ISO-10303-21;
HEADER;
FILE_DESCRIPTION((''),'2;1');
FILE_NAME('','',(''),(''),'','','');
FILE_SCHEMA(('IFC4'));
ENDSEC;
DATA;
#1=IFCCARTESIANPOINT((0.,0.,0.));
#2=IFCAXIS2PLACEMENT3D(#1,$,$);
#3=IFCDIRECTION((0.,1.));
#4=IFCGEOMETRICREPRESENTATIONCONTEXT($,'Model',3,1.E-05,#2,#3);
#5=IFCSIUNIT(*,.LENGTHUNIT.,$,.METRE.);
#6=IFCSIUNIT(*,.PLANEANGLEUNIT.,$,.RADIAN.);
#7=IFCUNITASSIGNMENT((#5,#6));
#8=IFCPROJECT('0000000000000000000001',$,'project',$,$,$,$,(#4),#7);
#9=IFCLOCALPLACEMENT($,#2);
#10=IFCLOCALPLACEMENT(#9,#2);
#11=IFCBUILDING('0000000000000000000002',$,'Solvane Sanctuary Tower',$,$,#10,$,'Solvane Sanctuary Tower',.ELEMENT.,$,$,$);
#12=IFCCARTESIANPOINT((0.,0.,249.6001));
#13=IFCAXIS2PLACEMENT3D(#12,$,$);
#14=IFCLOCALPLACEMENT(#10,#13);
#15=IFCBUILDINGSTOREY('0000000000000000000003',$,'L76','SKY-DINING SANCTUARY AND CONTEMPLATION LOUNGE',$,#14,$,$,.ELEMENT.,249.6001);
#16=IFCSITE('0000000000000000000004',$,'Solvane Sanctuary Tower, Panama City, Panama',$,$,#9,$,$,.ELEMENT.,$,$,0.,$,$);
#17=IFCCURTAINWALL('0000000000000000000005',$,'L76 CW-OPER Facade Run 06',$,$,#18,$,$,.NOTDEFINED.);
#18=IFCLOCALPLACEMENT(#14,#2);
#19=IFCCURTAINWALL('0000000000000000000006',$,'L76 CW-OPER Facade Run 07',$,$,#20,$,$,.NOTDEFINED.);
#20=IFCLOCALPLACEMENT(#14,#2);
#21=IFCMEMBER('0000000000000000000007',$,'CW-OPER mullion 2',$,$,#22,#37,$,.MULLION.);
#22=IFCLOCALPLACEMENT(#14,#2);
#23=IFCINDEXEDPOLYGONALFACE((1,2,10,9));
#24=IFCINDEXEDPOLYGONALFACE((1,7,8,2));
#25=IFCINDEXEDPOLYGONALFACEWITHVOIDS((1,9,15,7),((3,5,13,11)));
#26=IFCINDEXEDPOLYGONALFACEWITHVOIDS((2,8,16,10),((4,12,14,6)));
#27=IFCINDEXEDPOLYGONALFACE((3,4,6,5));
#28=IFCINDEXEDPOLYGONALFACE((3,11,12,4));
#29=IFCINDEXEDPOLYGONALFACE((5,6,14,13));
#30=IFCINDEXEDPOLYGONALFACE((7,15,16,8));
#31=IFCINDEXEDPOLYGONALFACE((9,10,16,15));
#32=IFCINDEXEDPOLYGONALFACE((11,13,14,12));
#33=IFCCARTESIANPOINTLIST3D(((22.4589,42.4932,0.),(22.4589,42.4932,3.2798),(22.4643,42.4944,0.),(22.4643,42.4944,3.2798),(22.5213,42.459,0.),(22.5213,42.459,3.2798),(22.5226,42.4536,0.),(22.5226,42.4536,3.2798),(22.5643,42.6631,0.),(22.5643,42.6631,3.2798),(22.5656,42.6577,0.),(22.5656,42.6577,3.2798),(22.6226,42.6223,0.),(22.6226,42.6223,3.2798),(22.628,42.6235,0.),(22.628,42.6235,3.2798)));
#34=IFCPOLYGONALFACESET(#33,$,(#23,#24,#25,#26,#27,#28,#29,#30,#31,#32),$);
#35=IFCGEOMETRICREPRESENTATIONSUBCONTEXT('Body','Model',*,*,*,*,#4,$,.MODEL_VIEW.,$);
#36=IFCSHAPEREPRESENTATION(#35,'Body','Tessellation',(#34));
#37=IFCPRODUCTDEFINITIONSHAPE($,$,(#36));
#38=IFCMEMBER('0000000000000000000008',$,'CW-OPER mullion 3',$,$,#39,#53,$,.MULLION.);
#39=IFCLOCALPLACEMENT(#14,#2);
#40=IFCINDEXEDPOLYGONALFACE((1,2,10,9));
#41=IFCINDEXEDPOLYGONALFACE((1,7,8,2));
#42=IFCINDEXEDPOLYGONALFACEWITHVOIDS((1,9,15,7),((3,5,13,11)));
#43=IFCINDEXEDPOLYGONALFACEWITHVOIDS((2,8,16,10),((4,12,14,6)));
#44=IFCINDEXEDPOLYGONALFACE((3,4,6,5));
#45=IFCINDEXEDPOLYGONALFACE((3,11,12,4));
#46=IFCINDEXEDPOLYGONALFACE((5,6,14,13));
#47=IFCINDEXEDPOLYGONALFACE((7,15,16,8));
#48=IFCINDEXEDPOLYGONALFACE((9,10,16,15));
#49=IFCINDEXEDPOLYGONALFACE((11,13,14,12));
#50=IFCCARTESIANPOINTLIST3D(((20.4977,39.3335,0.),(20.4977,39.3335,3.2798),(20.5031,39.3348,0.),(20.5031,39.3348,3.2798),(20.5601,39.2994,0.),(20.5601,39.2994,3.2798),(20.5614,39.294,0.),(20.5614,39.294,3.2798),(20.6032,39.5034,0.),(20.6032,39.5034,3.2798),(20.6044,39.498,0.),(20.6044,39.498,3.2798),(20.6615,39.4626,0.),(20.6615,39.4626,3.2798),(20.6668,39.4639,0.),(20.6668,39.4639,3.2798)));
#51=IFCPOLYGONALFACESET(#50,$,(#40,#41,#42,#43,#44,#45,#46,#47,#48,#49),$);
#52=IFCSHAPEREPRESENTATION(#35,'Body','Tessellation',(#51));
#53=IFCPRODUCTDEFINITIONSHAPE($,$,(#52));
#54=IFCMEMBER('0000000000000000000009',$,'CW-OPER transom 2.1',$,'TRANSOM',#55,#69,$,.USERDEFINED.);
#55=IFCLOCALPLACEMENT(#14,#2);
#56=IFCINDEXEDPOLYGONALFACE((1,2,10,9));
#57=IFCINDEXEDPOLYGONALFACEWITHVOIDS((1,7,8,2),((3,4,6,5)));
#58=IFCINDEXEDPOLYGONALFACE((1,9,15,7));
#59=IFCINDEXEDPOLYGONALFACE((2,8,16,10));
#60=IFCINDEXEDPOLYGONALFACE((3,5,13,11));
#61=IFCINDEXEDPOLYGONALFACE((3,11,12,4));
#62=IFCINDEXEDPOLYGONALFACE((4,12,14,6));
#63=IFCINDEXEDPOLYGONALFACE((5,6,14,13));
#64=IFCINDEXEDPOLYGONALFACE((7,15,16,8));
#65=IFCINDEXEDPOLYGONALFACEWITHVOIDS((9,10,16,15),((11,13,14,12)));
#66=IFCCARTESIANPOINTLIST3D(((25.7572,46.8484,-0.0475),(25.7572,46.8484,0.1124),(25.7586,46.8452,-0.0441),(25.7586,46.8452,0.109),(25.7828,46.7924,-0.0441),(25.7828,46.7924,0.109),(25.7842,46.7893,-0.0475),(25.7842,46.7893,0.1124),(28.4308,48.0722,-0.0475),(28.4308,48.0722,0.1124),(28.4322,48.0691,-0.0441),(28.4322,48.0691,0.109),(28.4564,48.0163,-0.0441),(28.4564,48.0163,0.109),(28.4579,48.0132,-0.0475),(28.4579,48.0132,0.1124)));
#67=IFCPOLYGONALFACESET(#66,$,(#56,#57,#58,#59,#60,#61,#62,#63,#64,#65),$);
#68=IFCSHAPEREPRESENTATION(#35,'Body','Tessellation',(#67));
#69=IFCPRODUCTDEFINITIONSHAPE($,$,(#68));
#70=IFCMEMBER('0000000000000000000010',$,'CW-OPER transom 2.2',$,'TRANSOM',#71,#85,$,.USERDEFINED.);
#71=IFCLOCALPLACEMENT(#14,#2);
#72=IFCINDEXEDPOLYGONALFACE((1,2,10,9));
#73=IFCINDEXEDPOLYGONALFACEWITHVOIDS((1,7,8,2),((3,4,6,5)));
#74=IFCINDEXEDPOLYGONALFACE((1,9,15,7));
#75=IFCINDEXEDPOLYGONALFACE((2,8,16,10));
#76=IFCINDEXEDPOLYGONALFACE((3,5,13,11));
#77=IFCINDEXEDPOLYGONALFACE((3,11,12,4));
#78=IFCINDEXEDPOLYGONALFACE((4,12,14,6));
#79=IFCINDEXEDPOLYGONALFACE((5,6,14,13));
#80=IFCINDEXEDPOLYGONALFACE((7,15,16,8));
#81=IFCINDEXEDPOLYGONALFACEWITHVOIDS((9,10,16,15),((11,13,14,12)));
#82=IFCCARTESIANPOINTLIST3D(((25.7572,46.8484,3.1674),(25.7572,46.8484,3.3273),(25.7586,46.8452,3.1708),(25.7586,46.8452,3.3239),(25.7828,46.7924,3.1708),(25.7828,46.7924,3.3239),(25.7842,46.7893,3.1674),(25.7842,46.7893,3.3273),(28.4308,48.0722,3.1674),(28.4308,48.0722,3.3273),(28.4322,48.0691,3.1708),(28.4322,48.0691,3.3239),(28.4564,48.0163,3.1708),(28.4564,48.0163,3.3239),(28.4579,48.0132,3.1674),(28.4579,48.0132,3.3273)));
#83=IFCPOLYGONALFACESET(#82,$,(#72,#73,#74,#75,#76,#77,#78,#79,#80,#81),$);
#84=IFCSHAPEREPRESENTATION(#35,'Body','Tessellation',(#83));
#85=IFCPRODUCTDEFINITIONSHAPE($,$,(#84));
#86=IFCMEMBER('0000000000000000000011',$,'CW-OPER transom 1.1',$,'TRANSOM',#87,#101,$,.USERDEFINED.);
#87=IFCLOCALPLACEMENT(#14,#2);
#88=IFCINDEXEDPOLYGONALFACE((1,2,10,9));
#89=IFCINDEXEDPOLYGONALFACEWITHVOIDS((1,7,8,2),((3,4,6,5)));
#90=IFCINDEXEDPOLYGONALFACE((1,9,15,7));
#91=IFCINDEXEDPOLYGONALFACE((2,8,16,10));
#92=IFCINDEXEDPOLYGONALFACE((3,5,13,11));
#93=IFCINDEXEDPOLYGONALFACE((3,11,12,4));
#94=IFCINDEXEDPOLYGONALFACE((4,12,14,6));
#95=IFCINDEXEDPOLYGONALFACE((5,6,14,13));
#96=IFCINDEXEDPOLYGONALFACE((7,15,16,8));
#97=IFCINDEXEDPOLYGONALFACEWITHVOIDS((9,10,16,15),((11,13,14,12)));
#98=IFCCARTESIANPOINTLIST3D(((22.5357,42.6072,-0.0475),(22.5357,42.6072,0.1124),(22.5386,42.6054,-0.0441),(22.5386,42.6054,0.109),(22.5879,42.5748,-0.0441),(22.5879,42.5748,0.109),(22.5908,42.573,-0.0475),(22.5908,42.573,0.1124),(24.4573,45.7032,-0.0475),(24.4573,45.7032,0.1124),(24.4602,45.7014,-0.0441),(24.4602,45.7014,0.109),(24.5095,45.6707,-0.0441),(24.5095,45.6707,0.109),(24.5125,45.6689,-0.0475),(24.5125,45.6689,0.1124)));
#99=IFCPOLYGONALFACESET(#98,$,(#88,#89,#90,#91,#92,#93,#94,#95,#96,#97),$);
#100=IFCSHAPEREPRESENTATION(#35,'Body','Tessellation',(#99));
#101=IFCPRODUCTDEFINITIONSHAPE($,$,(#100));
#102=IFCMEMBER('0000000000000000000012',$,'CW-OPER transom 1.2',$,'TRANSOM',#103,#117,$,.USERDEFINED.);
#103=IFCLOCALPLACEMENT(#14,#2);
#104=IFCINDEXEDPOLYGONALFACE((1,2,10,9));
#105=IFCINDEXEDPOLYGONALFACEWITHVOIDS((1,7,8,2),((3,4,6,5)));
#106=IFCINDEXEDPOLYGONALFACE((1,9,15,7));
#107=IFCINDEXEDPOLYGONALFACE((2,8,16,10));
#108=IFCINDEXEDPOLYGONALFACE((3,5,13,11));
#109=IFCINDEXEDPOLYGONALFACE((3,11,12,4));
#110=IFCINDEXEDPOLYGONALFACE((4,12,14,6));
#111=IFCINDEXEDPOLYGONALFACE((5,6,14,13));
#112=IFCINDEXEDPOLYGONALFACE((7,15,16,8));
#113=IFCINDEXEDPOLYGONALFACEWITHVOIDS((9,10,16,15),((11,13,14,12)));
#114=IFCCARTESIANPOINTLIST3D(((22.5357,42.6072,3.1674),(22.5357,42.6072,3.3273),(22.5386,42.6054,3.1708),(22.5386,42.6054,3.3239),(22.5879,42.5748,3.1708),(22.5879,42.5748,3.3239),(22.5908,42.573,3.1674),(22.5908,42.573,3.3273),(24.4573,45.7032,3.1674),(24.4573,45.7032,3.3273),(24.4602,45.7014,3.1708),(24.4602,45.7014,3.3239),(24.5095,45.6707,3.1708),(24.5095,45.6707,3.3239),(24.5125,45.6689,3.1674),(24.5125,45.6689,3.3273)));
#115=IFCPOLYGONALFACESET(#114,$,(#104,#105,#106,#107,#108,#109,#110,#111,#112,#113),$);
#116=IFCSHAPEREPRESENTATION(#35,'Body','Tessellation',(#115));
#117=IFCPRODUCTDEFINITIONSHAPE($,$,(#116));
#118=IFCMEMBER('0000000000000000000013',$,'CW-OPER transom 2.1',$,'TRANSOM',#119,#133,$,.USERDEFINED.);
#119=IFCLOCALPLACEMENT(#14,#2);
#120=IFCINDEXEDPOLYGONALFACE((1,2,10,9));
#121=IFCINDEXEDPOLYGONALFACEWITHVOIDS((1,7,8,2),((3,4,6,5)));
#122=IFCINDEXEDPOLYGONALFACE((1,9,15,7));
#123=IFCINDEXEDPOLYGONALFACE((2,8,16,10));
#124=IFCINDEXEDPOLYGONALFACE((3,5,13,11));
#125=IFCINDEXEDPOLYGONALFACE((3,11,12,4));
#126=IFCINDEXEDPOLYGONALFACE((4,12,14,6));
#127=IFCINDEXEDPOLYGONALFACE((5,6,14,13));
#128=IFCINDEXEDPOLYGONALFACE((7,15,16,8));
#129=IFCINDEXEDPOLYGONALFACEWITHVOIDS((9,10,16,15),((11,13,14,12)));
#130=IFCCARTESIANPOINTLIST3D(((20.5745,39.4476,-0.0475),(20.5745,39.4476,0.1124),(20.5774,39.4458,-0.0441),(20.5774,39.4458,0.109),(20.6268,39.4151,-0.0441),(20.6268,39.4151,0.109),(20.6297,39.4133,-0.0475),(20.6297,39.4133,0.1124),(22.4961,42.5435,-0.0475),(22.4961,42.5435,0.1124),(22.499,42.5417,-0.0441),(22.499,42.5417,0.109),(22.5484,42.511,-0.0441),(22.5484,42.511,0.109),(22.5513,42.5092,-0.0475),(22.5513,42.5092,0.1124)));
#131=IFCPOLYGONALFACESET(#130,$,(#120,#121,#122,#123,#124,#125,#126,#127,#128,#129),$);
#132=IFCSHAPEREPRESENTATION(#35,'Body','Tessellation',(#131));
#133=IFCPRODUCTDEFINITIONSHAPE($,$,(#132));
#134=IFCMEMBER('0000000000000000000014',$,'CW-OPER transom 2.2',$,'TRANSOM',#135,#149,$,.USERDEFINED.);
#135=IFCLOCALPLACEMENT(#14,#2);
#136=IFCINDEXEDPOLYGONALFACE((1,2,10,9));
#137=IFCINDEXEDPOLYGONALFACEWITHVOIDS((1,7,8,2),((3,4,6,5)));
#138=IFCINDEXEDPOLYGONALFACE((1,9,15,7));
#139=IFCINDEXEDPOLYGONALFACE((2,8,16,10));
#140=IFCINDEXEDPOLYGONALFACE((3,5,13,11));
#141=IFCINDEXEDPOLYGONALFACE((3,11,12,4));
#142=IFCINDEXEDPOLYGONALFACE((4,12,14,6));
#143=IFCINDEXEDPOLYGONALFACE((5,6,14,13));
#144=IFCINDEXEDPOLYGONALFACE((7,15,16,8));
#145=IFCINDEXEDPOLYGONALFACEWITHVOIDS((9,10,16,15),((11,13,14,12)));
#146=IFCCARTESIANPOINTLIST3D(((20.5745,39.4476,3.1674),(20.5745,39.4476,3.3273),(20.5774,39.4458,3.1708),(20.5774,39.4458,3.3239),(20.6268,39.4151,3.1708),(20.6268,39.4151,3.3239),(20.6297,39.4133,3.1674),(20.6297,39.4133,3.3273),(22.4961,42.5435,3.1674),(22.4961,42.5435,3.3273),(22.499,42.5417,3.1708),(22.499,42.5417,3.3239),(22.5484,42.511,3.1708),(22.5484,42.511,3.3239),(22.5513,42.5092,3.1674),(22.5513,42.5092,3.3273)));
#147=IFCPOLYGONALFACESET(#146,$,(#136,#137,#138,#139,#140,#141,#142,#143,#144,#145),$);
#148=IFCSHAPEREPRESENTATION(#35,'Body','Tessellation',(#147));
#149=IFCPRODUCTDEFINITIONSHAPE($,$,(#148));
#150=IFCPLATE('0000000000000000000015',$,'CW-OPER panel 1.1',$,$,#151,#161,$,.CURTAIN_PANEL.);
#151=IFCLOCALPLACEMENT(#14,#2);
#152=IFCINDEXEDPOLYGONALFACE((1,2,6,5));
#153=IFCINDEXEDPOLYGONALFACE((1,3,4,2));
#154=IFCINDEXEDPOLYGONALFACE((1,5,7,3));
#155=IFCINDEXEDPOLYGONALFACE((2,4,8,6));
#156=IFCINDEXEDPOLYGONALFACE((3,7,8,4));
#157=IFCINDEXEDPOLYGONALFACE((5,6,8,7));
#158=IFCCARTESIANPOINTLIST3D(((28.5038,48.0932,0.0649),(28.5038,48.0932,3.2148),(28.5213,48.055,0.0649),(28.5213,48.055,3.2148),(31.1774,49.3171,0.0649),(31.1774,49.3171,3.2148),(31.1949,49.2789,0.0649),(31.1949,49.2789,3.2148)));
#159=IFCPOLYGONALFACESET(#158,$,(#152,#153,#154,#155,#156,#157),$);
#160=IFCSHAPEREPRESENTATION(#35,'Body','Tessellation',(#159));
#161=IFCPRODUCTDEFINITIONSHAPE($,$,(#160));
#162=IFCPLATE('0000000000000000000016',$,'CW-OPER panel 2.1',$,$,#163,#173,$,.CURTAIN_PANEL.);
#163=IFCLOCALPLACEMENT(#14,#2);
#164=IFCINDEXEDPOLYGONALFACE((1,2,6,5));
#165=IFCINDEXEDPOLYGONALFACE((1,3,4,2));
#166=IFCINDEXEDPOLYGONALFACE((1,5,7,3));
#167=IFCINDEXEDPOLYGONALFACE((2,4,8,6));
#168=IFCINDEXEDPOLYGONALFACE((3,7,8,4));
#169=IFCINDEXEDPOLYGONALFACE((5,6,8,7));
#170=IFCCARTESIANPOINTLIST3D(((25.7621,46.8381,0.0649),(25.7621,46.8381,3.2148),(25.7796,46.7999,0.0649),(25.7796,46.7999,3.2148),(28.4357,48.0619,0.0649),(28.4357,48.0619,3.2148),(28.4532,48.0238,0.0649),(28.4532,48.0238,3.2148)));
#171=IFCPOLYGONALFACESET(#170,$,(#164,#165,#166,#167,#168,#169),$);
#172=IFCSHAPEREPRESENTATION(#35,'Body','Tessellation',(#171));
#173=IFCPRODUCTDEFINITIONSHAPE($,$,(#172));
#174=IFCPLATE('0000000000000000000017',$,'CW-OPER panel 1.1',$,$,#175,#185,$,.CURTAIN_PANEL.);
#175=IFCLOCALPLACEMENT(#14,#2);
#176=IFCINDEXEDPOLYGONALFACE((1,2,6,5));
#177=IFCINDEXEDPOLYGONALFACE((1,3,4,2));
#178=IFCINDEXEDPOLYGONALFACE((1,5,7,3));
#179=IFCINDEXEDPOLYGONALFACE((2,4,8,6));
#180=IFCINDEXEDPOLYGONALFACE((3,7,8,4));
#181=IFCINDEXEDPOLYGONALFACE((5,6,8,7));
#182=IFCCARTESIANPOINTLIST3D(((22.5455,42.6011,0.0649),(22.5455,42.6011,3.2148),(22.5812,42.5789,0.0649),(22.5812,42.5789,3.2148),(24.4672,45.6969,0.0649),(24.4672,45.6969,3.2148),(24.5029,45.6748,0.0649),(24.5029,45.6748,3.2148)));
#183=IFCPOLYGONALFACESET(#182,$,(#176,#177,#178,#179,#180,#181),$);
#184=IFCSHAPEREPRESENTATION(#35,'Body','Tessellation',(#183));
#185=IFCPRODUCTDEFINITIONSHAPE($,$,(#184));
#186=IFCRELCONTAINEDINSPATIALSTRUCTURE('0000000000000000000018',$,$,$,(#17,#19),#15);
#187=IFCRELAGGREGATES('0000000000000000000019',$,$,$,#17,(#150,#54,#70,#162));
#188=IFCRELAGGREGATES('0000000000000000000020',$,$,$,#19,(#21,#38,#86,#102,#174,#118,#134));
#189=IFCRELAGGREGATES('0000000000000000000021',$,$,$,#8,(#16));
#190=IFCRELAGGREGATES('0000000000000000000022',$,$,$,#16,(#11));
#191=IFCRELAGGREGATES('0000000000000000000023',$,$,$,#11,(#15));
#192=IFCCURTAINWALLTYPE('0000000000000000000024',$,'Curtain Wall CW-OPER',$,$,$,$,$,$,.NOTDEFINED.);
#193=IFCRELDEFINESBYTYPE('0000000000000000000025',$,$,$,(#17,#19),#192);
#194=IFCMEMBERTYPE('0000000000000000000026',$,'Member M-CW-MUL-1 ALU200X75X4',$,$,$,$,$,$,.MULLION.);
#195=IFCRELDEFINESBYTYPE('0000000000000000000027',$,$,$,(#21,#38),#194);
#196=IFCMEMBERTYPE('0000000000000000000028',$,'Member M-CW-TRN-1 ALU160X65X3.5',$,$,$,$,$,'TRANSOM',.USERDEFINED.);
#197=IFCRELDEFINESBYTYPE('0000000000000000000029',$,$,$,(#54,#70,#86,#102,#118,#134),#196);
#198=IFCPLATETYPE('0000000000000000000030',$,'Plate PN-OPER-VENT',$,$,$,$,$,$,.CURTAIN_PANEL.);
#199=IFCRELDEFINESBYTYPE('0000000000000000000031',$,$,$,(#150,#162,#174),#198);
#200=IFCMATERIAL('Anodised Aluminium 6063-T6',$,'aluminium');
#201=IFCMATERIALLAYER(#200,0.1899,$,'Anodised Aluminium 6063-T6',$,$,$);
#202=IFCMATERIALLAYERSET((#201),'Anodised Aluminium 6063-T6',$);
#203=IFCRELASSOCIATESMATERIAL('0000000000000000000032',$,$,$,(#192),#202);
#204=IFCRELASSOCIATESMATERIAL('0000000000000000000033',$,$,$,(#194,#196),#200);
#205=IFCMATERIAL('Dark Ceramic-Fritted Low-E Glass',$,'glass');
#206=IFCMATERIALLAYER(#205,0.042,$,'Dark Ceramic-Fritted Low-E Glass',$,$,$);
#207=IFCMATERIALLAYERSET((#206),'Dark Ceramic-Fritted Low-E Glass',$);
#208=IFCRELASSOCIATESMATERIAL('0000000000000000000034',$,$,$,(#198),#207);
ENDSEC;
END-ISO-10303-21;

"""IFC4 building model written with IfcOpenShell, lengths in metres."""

from ifc_helpers import new_model, si_unit, direction, frame, origin, origin_2d, place, context, subcontext, project, spatial, rectangle, hollow_rectangle, extrude, material, layer, layer_set, material_profile, profile_set, type_object, element, aggregate, save


model = new_model("IFC4")

# Units and contexts
model_context = context("Model", 3, precision=1e-05, world=origin(), true_north=direction((0.0, 1.0)))
body_context = subcontext(model_context, "Body", "Model", "MODEL_VIEW")
ifc_project = project(units=[si_unit("LENGTHUNIT", "METRE"), si_unit("PLANEANGLEUNIT", "RADIAN")], contexts=[model_context])

# Site, building, storey
site_placement = place(None, origin())
site = spatial("IfcSite", under=ifc_project, at=site_placement, Name="Solvane Sanctuary Tower, Panama City, Panama", CompositionType="ELEMENT", RefElevation=0.0)
building_placement = place(site_placement, origin())
building = spatial("IfcBuilding", under=site, at=building_placement, Name="Solvane Sanctuary Tower", LongName="Solvane Sanctuary Tower", CompositionType="ELEMENT")
storey_placement = place(building_placement, frame((0.0, 0.0, 249.6001)))
storey = spatial("IfcBuildingStorey", under=building, at=storey_placement, Name="L76", Description="SKY-DINING SANCTUARY AND CONTEMPLATION LOUNGE", CompositionType="ELEMENT", Elevation=249.6001)

# Curtain walls, members
ifc_material_1 = material(Name="Anodised Aluminium 6063-T6", Category="aluminium")
ifc_layer_1 = layer(ifc_material_1, 0.1899, Name="Anodised Aluminium 6063-T6")
ifc_layer_set_1 = layer_set([ifc_layer_1], Name="Anodised Aluminium 6063-T6")
curtain_wall_type = type_object("IfcCurtainWallType", Name="Curtain Wall CW-OPER", PredefinedType="NOTDEFINED", material=ifc_layer_set_1)
curtain_wall_1_placement = place(storey_placement, origin())
curtain_wall_1 = element("IfcCurtainWall", 1, at=curtain_wall_1_placement, inside=storey, type_object=curtain_wall_type, Name="L76 CW-OPER Facade Run 06", PredefinedType="NOTDEFINED")
ifc_material_profile_1 = material_profile(ifc_material_1, hollow_rectangle(XDim=0.075, YDim=0.2, WallThickness=0.0039, at=origin_2d()), Name="ALU200X75X4")
ifc_profile_set_1 = profile_set([ifc_material_profile_1], Name="Anodised Aluminium 6063-T6")
member_type_1 = type_object("IfcMemberType", Name="Member M-CW-MUL-1 ALU200X75X4", PredefinedType="MULLION", material=ifc_profile_set_1)
curtain_wall_2_placement = place(storey_placement, origin())
curtain_wall_2 = element("IfcCurtainWall", 2, at=curtain_wall_2_placement, inside=storey, type_object=curtain_wall_type, Name="L76 CW-OPER Facade Run 07", PredefinedType="NOTDEFINED")
member_1_placement = place(storey_placement, frame((22.5435, 42.5583, 0.0), z_axis=(0.0, 0.0, 1.0), x_axis=(0.849622, -0.527392, 0.0)))
member_1 = element("IfcMember", 3, at=member_1_placement, type_object=member_type_1, Name="CW-OPER mullion 2", PredefinedType="MULLION", context=body_context, shape_type="SweptSolid", body=[
    extrude(hollow_rectangle(XDim=0.075, YDim=0.2, WallThickness=0.0039, at=origin_2d()), origin(), (0.0, 0.0, 1.0), 3.2798),
])
member_2_placement = place(storey_placement, frame((20.5823, 39.3987, 0.0), z_axis=(0.0, 0.0, 1.0), x_axis=(0.849622, -0.527392, 0.0)))
member_2 = element("IfcMember", 4, at=member_2_placement, type_object=member_type_1, Name="CW-OPER mullion 3", PredefinedType="MULLION", context=body_context, shape_type="SweptSolid", body=[
    extrude(hollow_rectangle(XDim=0.075, YDim=0.2, WallThickness=0.0039, at=origin_2d()), origin(), (0.0, 0.0, 1.0), 3.2798),
])

# Members
ifc_material_profile_2 = material_profile(ifc_material_1, hollow_rectangle(XDim=0.0649, YDim=0.1599, WallThickness=0.0034, at=origin_2d()), Name="ALU160X65X3.5")
ifc_profile_set_2 = profile_set([ifc_material_profile_2], Name="Anodised Aluminium 6063-T6")
member_type_2 = type_object("IfcMemberType", Name="Member M-CW-TRN-1 ALU160X65X3.5", ElementType="TRANSOM", PredefinedType="USERDEFINED", material=ifc_profile_set_2)
member_3_placement = place(storey_placement, frame((28.4443, 48.0427, 0.0325), z_axis=(-0.90926, -0.416229, 0.0), x_axis=(0.416229, -0.90926, 0.0)))
member_3 = element("IfcMember", 5, at=member_3_placement, type_object=member_type_2, Name="CW-OPER transom 2.1", ObjectType="TRANSOM", PredefinedType="USERDEFINED", context=body_context, shape_type="SweptSolid", body=[
    extrude(hollow_rectangle(XDim=0.0649, YDim=0.1599, WallThickness=0.0034, at=origin_2d()), origin(), (0.0, 0.0, 1.0), 2.9404),
])
member_4_placement = place(storey_placement, frame((28.4443, 48.0427, 3.2473), z_axis=(-0.90926, -0.416229, 0.0), x_axis=(0.416229, -0.90926, 0.0)))
member_4 = element("IfcMember", 6, at=member_4_placement, type_object=member_type_2, Name="CW-OPER transom 2.2", ObjectType="TRANSOM", PredefinedType="USERDEFINED", context=body_context, shape_type="SweptSolid", body=[
    extrude(hollow_rectangle(XDim=0.0649, YDim=0.1599, WallThickness=0.0034, at=origin_2d()), origin(), (0.0, 0.0, 1.0), 2.9404),
])
member_5_placement = place(storey_placement, frame((24.4849, 45.686, 0.0325), z_axis=(-0.527365, -0.849639, 0.0), x_axis=(0.849639, -0.527365, 0.0)))
member_5 = element("IfcMember", 7, at=member_5_placement, type_object=member_type_2, Name="CW-OPER transom 1.1", ObjectType="TRANSOM", PredefinedType="USERDEFINED", context=body_context, shape_type="SweptSolid", body=[
    extrude(hollow_rectangle(XDim=0.0649, YDim=0.1599, WallThickness=0.0034, at=origin_2d()), origin(), (0.0, 0.0, 1.0), 3.6438),
])
member_6_placement = place(storey_placement, frame((24.4849, 45.686, 3.2473), z_axis=(-0.527365, -0.849639, 0.0), x_axis=(0.849639, -0.527365, 0.0)))
member_6 = element("IfcMember", 8, at=member_6_placement, type_object=member_type_2, Name="CW-OPER transom 1.2", ObjectType="TRANSOM", PredefinedType="USERDEFINED", context=body_context, shape_type="SweptSolid", body=[
    extrude(hollow_rectangle(XDim=0.0649, YDim=0.1599, WallThickness=0.0034, at=origin_2d()), origin(), (0.0, 0.0, 1.0), 3.6438),
])
member_7_placement = place(storey_placement, frame((22.5237, 42.5264, 0.0325), z_axis=(-0.527365, -0.849639, 0.0), x_axis=(0.849639, -0.527365, 0.0)))
member_7 = element("IfcMember", 9, at=member_7_placement, type_object=member_type_2, Name="CW-OPER transom 2.1", ObjectType="TRANSOM", PredefinedType="USERDEFINED", context=body_context, shape_type="SweptSolid", body=[
    extrude(hollow_rectangle(XDim=0.0649, YDim=0.1599, WallThickness=0.0034, at=origin_2d()), origin(), (0.0, 0.0, 1.0), 3.6438),
])
member_8_placement = place(storey_placement, frame((22.5237, 42.5264, 3.2473), z_axis=(-0.527365, -0.849639, 0.0), x_axis=(0.849639, -0.527365, 0.0)))
member_8 = element("IfcMember", 10, at=member_8_placement, type_object=member_type_2, Name="CW-OPER transom 2.2", ObjectType="TRANSOM", PredefinedType="USERDEFINED", context=body_context, shape_type="SweptSolid", body=[
    extrude(hollow_rectangle(XDim=0.0649, YDim=0.1599, WallThickness=0.0034, at=origin_2d()), origin(), (0.0, 0.0, 1.0), 3.6438),
])

# Plates
ifc_material_2 = material(Name="Dark Ceramic-Fritted Low-E Glass", Category="glass")
ifc_layer_2 = layer(ifc_material_2, 0.042, Name="Dark Ceramic-Fritted Low-E Glass")
ifc_layer_set_2 = layer_set([ifc_layer_2], Name="Dark Ceramic-Fritted Low-E Glass")
plate_type = type_object("IfcPlateType", Name="Plate PN-OPER-VENT", PredefinedType="CURTAIN_PANEL", material=ifc_layer_set_2)
plate_1_placement = place(storey_placement, frame((29.8494, 48.686, 0.0649), z_axis=(0.0, 0.0, 1.0), x_axis=(-0.909262, -0.416225, 0.0)))
plate_1 = element("IfcPlate", 11, at=plate_1_placement, type_object=plate_type, Name="CW-OPER panel 1.1", PredefinedType="CURTAIN_PANEL", context=body_context, shape_type="SweptSolid", body=[
    extrude(rectangle(XDim=2.9404, YDim=0.042, at=origin_2d()), origin(), (0.0, 0.0, 1.0), 3.1499),
])
plate_2_placement = place(storey_placement, frame((27.1077, 47.4309, 0.0649), z_axis=(0.0, 0.0, 1.0), x_axis=(-0.909262, -0.416225, 0.0)))
plate_2 = element("IfcPlate", 12, at=plate_2_placement, type_object=plate_type, Name="CW-OPER panel 2.1", PredefinedType="CURTAIN_PANEL", context=body_context, shape_type="SweptSolid", body=[
    extrude(rectangle(XDim=2.9404, YDim=0.042, at=origin_2d()), origin(), (0.0, 0.0, 1.0), 3.1499),
])
aggregate(curtain_wall_1, [plate_1, member_3, member_4, plate_2])
plate_3_placement = place(storey_placement, frame((23.5242, 44.1379, 0.0649), z_axis=(0.0, 0.0, 1.0), x_axis=(-0.527392, -0.849622, 0.0)))
plate_3 = element("IfcPlate", 13, at=plate_3_placement, type_object=plate_type, Name="CW-OPER panel 1.1", PredefinedType="CURTAIN_PANEL", context=body_context, shape_type="SweptSolid", body=[
    extrude(rectangle(XDim=3.6438, YDim=0.042, at=origin_2d()), origin(), (0.0, 0.0, 1.0), 3.1499),
])
aggregate(curtain_wall_2, [member_1, member_2, member_5, member_6, plate_3, member_7, member_8])

save(model, "model.ifc")
